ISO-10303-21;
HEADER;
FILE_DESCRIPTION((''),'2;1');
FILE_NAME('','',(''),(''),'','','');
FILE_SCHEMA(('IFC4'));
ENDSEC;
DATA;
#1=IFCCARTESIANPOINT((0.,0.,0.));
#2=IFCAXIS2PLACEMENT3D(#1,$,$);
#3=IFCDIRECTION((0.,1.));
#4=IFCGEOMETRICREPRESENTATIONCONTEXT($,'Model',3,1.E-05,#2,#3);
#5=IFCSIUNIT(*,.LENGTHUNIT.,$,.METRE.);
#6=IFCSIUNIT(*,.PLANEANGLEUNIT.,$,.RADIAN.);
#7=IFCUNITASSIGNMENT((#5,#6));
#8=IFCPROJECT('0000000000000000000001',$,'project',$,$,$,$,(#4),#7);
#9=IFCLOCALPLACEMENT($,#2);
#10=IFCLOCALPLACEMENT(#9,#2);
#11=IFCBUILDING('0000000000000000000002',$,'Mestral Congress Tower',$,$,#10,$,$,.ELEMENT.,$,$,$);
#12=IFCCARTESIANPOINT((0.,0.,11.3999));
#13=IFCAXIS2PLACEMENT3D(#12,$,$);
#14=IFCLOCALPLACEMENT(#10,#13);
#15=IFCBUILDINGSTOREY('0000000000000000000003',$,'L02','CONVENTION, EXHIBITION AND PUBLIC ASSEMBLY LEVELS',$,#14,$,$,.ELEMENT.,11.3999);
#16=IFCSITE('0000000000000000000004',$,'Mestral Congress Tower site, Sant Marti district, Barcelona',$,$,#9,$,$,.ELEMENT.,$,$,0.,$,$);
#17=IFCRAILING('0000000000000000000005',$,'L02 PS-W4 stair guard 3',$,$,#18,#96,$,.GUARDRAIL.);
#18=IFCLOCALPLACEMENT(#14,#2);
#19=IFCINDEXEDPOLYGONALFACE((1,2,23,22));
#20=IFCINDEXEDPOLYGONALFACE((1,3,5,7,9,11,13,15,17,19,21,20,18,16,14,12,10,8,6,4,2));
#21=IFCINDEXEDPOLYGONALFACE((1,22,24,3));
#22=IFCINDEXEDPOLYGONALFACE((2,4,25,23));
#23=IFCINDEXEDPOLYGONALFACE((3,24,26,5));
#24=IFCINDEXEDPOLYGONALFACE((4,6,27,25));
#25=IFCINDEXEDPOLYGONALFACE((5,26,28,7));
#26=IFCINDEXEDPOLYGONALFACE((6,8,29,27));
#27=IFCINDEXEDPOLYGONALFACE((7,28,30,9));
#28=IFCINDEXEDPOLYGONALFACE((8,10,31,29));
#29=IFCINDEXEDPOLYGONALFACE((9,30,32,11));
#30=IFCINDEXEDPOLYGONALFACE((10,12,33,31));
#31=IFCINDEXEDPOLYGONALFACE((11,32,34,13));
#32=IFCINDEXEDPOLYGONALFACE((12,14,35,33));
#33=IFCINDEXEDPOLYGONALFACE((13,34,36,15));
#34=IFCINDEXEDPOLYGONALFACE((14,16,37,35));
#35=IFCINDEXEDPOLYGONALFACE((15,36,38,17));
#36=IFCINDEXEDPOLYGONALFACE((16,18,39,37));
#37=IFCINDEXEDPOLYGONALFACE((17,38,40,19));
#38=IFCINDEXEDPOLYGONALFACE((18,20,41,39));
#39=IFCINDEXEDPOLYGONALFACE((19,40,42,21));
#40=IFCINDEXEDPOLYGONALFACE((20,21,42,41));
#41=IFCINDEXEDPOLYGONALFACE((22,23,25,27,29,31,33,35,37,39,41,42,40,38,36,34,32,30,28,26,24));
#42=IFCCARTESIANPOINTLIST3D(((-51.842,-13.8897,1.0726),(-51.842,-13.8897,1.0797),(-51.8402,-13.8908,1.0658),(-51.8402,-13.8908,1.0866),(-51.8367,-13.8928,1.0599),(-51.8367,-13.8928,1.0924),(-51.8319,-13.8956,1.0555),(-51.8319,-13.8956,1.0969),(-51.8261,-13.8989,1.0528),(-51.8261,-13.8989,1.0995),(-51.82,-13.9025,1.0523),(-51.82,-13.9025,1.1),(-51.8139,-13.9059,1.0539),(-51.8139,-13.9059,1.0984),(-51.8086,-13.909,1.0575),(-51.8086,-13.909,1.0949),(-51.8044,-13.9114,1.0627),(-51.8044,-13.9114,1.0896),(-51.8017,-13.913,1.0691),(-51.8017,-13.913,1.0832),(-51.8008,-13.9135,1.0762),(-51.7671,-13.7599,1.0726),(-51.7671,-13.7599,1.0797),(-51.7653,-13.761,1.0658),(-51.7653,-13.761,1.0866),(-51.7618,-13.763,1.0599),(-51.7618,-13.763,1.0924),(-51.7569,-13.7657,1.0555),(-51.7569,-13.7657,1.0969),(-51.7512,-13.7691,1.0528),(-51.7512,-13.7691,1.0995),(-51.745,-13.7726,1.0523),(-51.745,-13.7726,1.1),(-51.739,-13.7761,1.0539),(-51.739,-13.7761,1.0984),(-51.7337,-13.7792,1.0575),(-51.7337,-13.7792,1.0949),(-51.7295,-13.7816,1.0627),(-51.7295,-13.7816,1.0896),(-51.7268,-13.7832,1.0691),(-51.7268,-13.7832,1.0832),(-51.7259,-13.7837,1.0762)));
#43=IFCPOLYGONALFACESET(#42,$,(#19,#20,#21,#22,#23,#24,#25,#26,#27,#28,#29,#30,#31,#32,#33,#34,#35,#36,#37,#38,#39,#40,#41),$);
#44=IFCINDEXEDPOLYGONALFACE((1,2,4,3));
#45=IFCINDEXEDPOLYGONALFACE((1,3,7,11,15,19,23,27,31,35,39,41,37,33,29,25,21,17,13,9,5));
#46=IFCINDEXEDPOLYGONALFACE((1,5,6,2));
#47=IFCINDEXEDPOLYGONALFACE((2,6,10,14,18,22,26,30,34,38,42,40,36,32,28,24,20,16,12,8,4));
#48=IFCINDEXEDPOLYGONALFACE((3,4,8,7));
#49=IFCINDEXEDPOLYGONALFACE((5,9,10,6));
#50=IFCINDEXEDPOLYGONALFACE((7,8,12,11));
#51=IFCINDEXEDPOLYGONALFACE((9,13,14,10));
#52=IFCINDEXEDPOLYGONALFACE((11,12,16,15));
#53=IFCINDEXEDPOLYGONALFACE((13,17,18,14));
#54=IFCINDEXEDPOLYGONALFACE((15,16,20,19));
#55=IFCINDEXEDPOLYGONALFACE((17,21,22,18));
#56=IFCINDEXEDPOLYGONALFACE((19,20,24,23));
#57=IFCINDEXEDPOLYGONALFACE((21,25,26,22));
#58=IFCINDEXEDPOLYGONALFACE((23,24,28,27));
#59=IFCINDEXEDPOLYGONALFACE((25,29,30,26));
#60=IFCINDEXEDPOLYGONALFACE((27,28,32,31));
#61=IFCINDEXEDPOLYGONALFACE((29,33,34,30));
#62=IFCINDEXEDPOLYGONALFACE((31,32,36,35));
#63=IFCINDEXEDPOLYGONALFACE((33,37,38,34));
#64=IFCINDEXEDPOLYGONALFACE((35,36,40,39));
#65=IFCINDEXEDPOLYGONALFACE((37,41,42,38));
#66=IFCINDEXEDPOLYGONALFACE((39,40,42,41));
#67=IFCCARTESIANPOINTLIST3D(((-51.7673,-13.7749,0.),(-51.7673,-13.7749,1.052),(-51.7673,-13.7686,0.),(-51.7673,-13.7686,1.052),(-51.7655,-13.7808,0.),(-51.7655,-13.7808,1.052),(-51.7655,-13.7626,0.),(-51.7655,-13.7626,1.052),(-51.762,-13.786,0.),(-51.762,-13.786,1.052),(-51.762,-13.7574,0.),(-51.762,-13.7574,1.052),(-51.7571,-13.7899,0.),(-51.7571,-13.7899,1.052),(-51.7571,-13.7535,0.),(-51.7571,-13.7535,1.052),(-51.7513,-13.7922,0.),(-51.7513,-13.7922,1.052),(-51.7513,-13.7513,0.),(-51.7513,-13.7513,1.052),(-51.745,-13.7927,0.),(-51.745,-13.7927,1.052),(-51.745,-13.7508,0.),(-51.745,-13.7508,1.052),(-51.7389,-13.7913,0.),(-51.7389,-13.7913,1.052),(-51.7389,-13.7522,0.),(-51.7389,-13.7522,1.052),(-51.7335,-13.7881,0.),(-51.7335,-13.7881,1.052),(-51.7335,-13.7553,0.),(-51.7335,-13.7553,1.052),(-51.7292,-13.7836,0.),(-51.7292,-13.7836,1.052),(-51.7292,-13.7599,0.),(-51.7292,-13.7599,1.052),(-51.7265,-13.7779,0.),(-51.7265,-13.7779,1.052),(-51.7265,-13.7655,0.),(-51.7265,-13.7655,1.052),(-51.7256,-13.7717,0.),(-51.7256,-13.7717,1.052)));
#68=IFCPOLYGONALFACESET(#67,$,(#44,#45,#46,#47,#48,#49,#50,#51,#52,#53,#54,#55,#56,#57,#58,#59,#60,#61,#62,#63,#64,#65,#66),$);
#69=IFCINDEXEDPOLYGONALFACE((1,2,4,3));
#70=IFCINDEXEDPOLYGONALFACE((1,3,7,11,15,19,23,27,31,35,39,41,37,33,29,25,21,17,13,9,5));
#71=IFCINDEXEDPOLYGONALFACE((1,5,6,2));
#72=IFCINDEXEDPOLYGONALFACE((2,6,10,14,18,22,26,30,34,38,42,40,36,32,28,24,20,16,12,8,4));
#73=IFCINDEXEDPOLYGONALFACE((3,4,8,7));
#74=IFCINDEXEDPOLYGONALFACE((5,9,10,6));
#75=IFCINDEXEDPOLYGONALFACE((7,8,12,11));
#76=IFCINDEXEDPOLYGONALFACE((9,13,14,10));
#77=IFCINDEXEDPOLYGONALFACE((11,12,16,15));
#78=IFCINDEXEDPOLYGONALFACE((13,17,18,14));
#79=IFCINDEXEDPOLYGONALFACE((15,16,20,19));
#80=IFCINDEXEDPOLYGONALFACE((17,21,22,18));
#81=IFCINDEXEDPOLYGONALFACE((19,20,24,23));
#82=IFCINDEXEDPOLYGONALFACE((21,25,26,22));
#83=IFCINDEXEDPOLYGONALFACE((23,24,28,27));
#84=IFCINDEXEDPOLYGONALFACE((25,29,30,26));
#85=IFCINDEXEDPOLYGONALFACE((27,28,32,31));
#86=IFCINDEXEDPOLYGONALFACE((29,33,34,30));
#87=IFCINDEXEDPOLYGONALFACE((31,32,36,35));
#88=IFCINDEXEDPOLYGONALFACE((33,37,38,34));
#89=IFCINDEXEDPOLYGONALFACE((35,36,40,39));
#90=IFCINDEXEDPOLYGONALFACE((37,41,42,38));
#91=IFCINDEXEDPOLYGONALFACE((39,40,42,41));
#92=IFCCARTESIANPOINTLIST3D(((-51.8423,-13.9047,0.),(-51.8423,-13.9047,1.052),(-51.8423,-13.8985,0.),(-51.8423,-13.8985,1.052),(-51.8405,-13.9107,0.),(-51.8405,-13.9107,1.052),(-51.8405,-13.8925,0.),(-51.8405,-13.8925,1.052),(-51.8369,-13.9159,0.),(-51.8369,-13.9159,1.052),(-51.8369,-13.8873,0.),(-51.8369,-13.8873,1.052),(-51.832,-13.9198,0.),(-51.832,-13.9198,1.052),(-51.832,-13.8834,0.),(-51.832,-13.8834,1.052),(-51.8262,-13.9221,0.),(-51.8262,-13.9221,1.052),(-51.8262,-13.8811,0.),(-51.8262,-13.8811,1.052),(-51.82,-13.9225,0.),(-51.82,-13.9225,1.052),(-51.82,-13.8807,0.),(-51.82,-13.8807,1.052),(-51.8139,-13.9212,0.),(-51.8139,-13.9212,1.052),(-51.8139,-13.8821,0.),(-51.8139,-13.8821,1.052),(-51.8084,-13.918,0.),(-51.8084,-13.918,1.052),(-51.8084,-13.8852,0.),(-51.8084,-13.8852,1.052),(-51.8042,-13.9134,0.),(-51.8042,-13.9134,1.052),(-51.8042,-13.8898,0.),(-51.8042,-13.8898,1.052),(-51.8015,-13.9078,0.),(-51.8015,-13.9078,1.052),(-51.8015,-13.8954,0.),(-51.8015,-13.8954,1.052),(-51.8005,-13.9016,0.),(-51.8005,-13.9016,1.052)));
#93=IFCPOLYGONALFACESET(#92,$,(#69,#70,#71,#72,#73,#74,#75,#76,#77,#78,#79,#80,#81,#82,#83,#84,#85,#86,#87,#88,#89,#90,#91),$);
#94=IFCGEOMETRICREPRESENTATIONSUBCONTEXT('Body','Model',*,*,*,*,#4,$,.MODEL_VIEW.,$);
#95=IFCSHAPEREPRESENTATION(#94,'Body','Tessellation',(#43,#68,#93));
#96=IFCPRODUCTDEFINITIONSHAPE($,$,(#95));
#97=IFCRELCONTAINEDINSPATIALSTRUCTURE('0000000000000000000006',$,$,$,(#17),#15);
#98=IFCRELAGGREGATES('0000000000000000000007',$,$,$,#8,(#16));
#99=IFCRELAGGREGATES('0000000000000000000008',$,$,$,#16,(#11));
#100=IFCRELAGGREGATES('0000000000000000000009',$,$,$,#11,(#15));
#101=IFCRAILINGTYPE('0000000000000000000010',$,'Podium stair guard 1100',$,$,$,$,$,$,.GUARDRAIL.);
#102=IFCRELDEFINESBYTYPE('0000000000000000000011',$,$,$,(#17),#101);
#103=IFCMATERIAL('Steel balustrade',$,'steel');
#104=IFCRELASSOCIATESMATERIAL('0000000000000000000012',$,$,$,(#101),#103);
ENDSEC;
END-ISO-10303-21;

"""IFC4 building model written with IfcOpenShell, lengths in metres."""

from ifc_helpers import new_model, si_unit, direction, frame, origin, origin_2d, place, context, subcontext, project, spatial, circle, extrude, material, type_object, element, save


model = new_model("IFC4")

# Units and contexts
model_context = context("Model", 3, precision=1e-05, world=origin(), true_north=direction((0.0, 1.0)))
body_context = subcontext(model_context, "Body", "Model", "MODEL_VIEW")
ifc_project = project(units=[si_unit("LENGTHUNIT", "METRE"), si_unit("PLANEANGLEUNIT", "RADIAN")], contexts=[model_context])

# Site, building, storey
site_placement = place(None, origin())
site = spatial("IfcSite", under=ifc_project, at=site_placement, Name="Mestral Congress Tower site, Sant Marti district, Barcelona", CompositionType="ELEMENT", RefElevation=0.0)
building_placement = place(site_placement, origin())
building = spatial("IfcBuilding", under=site, at=building_placement, Name="Mestral Congress Tower", CompositionType="ELEMENT")
storey_placement = place(building_placement, frame((0.0, 0.0, 11.3999)))
storey = spatial("IfcBuildingStorey", under=building, at=storey_placement, Name="L02", Description="CONVENTION, EXHIBITION AND PUBLIC ASSEMBLY LEVELS", CompositionType="ELEMENT", Elevation=11.3999)

# Railing
ifc_material_1 = material(Name="Steel balustrade", Category="steel")
railing_type_1 = type_object("IfcRailingType", Name="Podium stair guard 1100", PredefinedType="GUARDRAIL", material=ifc_material_1)
railing_1_placement = place(storey_placement, frame((-51.7466, -13.7717, 0.0)))
element("IfcRailing", 1, at=railing_1_placement, inside=storey, type_object=railing_type_1, Name="L02 PS-W4 stair guard 3", PredefinedType="GUARDRAIL", context=body_context, shape_type="SweptSolid", body=[
    extrude(circle(Radius=0.0239, at=origin_2d()), frame((0.0, 0.0, 1.0762), z_axis=(-0.499816, -0.866131, 0.0), x_axis=(0.866131, -0.499816, 0.0)), (0.0, 0.0, 1.0), 0.1499),
    extrude(circle(Radius=0.021, at=origin_2d()), origin(), (0.0, 0.0, 1.0), 1.052),
    extrude(circle(Radius=0.021, at=origin_2d()), frame((-0.075, -0.1299, 0.0)), (0.0, 0.0, 1.0), 1.052),
])

save(model, "model.ifc")
